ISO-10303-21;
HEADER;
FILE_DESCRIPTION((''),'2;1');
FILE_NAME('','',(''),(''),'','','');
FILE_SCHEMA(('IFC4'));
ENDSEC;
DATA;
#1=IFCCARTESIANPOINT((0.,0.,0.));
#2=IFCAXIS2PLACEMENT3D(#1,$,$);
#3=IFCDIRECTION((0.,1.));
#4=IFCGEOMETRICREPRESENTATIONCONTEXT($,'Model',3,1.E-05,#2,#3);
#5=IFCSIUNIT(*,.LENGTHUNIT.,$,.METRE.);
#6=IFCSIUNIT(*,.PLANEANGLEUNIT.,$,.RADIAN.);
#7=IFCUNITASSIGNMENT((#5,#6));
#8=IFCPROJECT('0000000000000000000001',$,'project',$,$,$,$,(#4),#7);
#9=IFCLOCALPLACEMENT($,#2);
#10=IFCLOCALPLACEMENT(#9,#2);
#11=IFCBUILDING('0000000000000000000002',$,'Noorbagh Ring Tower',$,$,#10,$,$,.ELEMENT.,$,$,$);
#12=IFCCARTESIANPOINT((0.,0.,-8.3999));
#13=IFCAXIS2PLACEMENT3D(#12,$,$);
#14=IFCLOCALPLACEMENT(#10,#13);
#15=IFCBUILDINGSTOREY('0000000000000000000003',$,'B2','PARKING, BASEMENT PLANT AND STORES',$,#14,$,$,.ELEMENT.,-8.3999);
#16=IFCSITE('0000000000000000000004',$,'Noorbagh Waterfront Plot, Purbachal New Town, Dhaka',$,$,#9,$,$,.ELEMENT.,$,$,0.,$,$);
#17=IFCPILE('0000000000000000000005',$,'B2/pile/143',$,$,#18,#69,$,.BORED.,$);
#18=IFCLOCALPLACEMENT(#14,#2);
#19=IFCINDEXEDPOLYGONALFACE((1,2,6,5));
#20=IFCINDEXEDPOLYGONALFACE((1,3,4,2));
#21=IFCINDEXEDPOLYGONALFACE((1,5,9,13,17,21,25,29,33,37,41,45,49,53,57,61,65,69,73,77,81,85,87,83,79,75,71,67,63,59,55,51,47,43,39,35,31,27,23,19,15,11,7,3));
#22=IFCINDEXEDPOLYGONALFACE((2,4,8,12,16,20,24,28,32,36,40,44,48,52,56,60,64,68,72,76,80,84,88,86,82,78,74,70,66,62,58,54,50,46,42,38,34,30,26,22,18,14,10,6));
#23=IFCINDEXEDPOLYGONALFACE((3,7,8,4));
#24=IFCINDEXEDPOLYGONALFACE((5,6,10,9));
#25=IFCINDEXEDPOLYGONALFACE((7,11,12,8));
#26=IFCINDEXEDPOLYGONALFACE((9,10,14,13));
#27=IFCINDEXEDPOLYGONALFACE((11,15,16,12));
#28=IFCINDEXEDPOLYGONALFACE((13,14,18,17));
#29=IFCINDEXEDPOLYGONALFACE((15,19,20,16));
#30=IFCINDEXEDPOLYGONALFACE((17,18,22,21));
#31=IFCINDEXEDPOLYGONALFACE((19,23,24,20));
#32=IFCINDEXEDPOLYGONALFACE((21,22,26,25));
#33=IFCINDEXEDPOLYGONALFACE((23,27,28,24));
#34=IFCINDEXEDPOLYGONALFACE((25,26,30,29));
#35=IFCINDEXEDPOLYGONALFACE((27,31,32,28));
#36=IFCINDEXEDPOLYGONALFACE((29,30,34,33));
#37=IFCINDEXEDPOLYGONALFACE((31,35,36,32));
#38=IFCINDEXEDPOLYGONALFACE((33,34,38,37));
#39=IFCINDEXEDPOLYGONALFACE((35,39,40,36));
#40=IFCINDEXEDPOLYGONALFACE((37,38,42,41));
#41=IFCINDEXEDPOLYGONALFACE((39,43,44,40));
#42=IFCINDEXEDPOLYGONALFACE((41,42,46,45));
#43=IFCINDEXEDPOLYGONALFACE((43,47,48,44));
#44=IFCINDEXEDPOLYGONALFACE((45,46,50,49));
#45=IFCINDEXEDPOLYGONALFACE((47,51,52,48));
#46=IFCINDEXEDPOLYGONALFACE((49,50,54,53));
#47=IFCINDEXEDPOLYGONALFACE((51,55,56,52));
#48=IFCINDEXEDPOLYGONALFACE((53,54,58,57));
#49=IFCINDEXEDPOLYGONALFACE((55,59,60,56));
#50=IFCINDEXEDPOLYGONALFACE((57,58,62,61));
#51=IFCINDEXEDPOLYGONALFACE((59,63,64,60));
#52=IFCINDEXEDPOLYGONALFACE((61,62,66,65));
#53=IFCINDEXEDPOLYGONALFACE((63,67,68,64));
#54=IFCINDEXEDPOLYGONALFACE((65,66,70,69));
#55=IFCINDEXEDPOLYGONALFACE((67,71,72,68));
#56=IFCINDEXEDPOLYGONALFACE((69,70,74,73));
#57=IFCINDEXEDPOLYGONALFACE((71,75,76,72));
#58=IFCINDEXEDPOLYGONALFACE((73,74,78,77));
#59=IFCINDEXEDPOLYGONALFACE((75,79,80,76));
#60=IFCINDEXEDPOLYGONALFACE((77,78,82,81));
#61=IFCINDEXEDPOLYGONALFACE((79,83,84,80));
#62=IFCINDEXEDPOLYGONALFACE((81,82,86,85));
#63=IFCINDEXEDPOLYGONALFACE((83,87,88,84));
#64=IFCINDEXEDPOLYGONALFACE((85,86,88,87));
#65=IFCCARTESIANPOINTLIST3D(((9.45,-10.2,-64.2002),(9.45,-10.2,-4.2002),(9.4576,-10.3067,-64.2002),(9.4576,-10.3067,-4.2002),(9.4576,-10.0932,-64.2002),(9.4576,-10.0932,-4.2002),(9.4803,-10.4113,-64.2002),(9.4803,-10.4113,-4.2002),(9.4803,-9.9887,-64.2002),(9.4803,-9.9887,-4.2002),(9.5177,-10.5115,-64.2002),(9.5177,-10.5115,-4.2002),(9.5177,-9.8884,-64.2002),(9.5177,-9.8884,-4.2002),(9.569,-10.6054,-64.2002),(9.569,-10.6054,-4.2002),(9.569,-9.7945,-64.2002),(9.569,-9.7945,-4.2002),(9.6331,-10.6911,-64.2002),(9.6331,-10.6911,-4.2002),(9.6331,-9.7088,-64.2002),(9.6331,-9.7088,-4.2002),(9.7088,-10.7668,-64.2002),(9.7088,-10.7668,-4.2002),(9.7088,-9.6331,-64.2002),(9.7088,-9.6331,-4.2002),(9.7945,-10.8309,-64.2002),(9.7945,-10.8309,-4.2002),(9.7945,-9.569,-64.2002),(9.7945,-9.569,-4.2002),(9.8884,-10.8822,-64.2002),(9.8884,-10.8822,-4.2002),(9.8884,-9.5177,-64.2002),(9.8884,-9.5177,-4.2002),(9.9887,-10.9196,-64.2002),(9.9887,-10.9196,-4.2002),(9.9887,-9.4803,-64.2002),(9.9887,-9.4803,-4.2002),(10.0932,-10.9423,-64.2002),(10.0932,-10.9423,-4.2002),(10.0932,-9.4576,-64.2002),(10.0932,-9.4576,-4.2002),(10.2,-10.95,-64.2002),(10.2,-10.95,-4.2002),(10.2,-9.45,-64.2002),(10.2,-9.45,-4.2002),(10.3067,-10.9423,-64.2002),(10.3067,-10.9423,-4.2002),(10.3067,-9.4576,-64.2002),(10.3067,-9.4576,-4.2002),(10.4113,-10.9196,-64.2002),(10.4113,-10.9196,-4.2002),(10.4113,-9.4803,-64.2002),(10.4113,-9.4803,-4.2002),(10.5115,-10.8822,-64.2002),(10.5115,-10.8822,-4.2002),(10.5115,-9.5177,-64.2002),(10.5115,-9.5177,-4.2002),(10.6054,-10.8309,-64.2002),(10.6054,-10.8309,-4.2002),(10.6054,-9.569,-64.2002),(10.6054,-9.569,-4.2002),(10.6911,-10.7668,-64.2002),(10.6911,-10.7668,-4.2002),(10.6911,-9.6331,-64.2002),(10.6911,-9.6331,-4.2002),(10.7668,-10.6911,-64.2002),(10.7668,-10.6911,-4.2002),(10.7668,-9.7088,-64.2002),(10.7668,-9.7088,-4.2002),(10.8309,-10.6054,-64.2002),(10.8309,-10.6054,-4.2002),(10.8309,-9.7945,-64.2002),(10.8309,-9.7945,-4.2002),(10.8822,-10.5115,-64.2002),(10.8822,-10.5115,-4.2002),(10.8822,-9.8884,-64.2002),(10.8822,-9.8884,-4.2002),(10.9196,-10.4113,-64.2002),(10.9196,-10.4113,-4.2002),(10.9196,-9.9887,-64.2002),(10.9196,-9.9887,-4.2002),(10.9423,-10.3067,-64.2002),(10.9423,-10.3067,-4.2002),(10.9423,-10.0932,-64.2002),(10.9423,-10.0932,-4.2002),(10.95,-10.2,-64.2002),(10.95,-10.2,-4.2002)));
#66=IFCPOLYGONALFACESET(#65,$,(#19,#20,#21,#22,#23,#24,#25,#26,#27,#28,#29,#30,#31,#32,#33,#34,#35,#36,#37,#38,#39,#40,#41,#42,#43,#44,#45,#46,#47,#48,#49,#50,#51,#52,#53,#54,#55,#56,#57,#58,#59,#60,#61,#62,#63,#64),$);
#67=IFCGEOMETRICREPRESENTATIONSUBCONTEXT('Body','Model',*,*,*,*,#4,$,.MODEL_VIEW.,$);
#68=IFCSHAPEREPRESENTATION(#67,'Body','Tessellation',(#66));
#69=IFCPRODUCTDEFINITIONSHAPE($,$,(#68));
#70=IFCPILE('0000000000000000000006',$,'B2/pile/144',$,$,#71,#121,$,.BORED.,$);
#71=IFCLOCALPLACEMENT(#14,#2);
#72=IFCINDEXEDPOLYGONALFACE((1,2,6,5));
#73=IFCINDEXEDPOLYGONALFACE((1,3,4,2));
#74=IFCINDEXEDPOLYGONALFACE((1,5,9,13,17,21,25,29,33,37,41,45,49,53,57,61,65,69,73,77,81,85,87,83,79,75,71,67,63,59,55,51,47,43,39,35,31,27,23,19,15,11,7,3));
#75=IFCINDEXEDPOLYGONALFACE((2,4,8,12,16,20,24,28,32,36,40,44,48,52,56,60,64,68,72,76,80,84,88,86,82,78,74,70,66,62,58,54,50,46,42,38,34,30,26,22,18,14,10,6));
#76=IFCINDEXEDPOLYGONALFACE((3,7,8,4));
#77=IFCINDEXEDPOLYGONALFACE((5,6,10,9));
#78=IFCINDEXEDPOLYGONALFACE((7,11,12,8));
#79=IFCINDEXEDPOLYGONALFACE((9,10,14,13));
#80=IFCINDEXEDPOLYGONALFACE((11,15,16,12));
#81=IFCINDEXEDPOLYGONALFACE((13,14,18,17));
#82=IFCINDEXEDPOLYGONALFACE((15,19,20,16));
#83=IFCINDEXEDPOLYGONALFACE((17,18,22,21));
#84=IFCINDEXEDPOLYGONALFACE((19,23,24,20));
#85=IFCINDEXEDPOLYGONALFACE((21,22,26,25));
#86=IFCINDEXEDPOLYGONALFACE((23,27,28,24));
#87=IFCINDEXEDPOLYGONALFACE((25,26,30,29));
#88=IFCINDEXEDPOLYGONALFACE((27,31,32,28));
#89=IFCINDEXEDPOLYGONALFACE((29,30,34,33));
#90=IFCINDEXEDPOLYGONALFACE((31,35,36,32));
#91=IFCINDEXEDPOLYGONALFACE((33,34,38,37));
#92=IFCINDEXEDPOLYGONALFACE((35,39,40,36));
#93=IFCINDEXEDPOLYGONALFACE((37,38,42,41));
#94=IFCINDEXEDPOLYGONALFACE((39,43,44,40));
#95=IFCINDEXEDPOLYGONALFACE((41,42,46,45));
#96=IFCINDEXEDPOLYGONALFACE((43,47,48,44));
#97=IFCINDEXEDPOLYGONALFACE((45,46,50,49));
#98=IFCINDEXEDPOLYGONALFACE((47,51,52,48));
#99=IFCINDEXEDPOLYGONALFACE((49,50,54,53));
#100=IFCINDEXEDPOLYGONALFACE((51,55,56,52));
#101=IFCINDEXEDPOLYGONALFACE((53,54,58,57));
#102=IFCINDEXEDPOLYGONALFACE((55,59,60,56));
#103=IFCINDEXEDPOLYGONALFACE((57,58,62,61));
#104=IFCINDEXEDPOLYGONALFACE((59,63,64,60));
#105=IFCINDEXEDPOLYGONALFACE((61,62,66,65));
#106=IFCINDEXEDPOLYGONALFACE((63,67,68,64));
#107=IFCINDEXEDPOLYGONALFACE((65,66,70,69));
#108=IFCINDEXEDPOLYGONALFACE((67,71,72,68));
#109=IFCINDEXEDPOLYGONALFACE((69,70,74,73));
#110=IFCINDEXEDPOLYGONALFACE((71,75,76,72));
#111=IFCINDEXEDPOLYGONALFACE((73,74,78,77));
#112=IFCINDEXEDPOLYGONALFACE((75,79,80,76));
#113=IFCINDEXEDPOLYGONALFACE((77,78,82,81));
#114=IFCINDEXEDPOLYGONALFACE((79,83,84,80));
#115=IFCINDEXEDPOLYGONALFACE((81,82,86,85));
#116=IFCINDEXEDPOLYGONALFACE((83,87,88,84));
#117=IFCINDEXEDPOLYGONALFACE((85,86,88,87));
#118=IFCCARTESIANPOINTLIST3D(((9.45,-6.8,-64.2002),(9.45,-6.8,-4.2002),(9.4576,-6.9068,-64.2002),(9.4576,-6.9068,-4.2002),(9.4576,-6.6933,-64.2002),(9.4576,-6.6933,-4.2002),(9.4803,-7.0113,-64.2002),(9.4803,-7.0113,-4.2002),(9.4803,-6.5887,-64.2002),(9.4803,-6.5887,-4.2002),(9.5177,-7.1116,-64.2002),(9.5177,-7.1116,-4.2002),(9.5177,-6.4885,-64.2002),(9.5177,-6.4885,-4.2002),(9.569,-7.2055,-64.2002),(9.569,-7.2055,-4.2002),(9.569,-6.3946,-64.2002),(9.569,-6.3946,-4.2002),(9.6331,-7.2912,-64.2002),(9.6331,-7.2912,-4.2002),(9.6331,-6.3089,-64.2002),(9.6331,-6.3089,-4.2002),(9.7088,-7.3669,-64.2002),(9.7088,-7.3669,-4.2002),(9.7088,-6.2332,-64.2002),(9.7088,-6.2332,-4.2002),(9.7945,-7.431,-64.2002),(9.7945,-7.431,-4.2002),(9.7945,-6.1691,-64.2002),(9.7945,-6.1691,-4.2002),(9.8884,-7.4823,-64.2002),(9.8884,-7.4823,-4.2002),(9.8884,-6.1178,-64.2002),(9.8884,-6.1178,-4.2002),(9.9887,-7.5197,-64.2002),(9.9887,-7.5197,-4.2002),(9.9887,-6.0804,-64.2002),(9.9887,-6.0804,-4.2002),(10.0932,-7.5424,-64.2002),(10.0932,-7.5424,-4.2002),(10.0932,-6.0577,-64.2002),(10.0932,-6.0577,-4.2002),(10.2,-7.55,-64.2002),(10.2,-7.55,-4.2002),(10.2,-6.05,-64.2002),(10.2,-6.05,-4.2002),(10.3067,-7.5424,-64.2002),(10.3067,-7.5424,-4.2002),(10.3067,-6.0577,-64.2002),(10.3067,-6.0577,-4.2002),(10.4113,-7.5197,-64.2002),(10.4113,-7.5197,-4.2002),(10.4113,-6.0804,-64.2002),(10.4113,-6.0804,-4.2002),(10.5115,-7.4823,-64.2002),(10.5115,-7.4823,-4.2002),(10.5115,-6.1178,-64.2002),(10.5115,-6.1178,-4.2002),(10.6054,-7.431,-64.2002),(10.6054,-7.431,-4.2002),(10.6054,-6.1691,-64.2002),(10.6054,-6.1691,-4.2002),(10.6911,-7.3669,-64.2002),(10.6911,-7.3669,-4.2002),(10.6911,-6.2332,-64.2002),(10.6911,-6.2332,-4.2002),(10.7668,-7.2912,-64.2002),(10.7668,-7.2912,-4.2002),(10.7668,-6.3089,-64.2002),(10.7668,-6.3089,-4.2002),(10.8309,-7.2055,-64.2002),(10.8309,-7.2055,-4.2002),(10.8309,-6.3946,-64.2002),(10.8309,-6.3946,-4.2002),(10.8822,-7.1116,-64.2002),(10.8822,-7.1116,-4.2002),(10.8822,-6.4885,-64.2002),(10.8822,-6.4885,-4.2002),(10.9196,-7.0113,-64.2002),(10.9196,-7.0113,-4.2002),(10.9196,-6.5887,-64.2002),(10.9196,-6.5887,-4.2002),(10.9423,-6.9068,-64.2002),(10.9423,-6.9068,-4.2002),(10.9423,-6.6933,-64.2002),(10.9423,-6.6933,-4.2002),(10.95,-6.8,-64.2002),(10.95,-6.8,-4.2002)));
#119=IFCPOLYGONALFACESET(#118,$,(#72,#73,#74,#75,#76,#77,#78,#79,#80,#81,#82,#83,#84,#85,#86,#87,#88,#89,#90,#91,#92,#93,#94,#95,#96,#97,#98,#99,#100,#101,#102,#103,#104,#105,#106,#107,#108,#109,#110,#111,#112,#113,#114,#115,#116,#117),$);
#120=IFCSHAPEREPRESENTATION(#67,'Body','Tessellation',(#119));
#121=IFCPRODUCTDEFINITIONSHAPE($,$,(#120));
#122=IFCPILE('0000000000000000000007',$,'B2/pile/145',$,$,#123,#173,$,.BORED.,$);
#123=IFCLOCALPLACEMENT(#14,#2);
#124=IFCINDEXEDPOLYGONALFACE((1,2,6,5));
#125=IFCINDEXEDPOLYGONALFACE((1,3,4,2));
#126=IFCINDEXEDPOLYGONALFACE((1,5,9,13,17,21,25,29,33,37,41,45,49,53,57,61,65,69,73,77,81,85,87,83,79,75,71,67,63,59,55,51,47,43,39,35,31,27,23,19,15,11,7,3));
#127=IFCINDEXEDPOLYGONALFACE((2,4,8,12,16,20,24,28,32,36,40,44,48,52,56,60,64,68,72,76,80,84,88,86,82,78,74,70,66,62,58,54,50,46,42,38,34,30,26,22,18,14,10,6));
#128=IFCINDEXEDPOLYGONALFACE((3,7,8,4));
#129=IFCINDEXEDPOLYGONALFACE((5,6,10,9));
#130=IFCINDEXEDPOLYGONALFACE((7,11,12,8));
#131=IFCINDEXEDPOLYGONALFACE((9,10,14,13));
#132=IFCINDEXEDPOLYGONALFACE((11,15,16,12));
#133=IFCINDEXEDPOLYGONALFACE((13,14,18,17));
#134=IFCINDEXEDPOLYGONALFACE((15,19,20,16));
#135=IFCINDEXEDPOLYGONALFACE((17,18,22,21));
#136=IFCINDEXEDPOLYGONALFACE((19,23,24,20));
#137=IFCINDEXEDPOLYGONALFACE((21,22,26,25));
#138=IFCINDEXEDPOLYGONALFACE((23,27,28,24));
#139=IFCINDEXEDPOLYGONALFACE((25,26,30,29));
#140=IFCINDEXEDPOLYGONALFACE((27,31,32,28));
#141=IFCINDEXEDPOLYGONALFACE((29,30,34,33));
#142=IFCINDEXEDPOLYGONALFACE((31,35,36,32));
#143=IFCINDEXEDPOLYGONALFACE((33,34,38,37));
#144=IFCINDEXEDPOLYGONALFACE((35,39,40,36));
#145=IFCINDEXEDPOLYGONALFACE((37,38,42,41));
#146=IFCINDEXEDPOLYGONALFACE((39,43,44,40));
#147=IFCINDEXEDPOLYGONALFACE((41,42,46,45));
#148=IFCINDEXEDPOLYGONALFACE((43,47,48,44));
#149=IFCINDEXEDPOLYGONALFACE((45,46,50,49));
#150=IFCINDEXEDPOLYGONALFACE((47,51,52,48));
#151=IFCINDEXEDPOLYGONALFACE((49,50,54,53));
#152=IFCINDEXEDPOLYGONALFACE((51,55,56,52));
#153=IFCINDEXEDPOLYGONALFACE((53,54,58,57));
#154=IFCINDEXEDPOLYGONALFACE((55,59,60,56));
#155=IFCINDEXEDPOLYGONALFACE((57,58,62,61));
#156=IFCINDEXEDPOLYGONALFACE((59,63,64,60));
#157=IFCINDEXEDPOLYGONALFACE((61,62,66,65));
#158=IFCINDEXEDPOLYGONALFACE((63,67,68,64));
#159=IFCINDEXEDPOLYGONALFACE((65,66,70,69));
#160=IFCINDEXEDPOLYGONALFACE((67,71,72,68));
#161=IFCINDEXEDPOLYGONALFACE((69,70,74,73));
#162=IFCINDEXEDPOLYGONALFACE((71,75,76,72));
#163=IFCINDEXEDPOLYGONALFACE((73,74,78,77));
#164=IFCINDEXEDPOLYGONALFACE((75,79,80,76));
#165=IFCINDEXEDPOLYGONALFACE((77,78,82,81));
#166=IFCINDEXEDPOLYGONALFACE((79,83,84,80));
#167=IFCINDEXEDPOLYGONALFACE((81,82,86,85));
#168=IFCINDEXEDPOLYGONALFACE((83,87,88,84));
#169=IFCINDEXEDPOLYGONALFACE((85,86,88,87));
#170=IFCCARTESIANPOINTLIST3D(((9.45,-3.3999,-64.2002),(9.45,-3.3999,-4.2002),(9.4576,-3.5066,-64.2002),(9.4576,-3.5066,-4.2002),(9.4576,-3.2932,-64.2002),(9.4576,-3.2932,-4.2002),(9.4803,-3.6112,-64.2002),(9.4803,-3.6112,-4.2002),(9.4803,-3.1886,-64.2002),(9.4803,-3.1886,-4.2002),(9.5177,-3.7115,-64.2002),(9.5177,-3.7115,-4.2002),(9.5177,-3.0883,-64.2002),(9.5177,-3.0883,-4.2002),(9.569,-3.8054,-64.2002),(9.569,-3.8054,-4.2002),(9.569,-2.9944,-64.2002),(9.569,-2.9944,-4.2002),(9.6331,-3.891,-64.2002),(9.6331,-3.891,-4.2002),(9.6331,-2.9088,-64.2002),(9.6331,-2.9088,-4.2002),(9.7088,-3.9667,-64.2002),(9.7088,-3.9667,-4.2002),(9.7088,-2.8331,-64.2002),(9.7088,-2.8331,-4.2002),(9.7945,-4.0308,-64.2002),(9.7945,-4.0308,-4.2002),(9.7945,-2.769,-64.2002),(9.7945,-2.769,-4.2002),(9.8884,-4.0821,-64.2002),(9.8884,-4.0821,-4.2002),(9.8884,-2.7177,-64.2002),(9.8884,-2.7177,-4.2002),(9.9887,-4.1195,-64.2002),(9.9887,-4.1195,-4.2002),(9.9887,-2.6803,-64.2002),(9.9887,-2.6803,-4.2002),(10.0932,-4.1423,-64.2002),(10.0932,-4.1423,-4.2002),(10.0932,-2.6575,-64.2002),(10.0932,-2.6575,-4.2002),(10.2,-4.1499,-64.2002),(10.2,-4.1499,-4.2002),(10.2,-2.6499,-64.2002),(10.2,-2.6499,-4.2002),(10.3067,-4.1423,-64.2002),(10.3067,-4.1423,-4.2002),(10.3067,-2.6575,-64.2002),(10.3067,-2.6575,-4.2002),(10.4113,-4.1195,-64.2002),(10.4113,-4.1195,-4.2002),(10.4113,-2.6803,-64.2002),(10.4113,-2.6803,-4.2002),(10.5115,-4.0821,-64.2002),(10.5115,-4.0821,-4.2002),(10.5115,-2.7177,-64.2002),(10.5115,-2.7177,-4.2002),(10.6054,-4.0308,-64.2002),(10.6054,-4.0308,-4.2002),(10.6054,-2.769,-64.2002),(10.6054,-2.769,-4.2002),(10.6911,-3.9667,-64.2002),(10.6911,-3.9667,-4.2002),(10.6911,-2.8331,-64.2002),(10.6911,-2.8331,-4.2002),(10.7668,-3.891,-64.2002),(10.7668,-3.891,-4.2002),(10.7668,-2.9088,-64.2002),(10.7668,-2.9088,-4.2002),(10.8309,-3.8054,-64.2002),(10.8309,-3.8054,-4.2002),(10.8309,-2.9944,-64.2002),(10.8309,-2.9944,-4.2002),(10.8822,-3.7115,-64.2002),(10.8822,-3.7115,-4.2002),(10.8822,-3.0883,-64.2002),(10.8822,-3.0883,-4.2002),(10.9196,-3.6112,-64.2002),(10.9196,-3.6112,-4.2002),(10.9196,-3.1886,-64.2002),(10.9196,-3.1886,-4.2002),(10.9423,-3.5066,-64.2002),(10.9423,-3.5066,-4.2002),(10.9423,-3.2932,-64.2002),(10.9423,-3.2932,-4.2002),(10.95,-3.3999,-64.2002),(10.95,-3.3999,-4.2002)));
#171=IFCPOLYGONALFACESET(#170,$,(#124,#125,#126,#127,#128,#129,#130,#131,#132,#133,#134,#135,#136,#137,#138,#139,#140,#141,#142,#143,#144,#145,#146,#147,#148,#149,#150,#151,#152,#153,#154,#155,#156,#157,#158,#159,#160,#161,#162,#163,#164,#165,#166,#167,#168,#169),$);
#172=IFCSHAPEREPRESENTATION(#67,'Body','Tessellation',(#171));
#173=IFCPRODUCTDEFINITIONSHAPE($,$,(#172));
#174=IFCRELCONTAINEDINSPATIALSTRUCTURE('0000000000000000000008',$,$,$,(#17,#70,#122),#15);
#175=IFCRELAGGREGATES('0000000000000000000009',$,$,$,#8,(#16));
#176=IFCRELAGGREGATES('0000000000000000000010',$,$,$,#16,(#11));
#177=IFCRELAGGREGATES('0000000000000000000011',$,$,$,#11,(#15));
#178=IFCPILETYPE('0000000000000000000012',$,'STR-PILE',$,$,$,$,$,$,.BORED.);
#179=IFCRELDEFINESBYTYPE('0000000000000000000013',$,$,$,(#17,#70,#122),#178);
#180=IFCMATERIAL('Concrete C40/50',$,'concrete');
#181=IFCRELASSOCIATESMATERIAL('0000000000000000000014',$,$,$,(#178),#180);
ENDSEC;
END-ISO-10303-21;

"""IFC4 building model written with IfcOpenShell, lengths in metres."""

from ifc_helpers import new_model, si_unit, direction, frame, origin, origin_2d, place, context, subcontext, project, spatial, circle, extrude, material, material_profile, profile_set, type_object, element, save


model = new_model("IFC4")

# Units and contexts
model_context = context("Model", 3, precision=1e-05, world=origin(), true_north=direction((0.0, 1.0)))
body_context = subcontext(model_context, "Body", "Model", "MODEL_VIEW")
ifc_project = project(units=[si_unit("LENGTHUNIT", "METRE"), si_unit("PLANEANGLEUNIT", "RADIAN")], contexts=[model_context])

# Site, building, storey
site_placement = place(None, origin())
site = spatial("IfcSite", under=ifc_project, at=site_placement, Name="Noorbagh Waterfront Plot, Purbachal New Town, Dhaka", CompositionType="ELEMENT", RefElevation=0.0)
building_placement = place(site_placement, origin())
building = spatial("IfcBuilding", under=site, at=building_placement, Name="Noorbagh Ring Tower", CompositionType="ELEMENT")
storey_placement = place(building_placement, frame((0.0, 0.0, -8.3999)))
storey = spatial("IfcBuildingStorey", under=building, at=storey_placement, Name="B2", Description="PARKING, BASEMENT PLANT AND STORES", CompositionType="ELEMENT", Elevation=-8.3999)

# Piles
ifc_material_1 = material(Name="Concrete C40/50", Category="concrete")
ifc_material_profile_1 = material_profile(ifc_material_1, circle(Radius=0.75, at=origin_2d()), Name="PILE1500")
ifc_profile_set_1 = profile_set([ifc_material_profile_1], Name="Concrete C40/50")
pile_type = type_object("IfcPileType", Name="STR-PILE", PredefinedType="BORED", material=ifc_profile_set_1)
for number, where, z_axis, x_axis, name in (
    (1, (10.2, -10.2, -4.2002), (0.0, 0.0, -1.0), (1.0, 0.0, 0.0), "B2/pile/143"),
    (2, (10.2, -6.8, -4.2002), (0.0, 0.0, -1.0), (1.0, 0.0, 0.0), "B2/pile/144"),
    (3, (10.2, -3.3999, -4.2002), (0.0, 0.0, -1.0), (1.0, 0.0, 0.0), "B2/pile/145"),
):
    element("IfcPile", number, at=place(storey_placement, frame(where, z_axis=z_axis, x_axis=x_axis)), inside=storey, type_object=pile_type, Name=name, PredefinedType="BORED", context=body_context, shape_type="SweptSolid", body=[
        extrude(circle(Radius=0.75, at=origin_2d()), origin(), (0.0, 0.0, 1.0), 60.0),
    ])

save(model, "model.ifc")
